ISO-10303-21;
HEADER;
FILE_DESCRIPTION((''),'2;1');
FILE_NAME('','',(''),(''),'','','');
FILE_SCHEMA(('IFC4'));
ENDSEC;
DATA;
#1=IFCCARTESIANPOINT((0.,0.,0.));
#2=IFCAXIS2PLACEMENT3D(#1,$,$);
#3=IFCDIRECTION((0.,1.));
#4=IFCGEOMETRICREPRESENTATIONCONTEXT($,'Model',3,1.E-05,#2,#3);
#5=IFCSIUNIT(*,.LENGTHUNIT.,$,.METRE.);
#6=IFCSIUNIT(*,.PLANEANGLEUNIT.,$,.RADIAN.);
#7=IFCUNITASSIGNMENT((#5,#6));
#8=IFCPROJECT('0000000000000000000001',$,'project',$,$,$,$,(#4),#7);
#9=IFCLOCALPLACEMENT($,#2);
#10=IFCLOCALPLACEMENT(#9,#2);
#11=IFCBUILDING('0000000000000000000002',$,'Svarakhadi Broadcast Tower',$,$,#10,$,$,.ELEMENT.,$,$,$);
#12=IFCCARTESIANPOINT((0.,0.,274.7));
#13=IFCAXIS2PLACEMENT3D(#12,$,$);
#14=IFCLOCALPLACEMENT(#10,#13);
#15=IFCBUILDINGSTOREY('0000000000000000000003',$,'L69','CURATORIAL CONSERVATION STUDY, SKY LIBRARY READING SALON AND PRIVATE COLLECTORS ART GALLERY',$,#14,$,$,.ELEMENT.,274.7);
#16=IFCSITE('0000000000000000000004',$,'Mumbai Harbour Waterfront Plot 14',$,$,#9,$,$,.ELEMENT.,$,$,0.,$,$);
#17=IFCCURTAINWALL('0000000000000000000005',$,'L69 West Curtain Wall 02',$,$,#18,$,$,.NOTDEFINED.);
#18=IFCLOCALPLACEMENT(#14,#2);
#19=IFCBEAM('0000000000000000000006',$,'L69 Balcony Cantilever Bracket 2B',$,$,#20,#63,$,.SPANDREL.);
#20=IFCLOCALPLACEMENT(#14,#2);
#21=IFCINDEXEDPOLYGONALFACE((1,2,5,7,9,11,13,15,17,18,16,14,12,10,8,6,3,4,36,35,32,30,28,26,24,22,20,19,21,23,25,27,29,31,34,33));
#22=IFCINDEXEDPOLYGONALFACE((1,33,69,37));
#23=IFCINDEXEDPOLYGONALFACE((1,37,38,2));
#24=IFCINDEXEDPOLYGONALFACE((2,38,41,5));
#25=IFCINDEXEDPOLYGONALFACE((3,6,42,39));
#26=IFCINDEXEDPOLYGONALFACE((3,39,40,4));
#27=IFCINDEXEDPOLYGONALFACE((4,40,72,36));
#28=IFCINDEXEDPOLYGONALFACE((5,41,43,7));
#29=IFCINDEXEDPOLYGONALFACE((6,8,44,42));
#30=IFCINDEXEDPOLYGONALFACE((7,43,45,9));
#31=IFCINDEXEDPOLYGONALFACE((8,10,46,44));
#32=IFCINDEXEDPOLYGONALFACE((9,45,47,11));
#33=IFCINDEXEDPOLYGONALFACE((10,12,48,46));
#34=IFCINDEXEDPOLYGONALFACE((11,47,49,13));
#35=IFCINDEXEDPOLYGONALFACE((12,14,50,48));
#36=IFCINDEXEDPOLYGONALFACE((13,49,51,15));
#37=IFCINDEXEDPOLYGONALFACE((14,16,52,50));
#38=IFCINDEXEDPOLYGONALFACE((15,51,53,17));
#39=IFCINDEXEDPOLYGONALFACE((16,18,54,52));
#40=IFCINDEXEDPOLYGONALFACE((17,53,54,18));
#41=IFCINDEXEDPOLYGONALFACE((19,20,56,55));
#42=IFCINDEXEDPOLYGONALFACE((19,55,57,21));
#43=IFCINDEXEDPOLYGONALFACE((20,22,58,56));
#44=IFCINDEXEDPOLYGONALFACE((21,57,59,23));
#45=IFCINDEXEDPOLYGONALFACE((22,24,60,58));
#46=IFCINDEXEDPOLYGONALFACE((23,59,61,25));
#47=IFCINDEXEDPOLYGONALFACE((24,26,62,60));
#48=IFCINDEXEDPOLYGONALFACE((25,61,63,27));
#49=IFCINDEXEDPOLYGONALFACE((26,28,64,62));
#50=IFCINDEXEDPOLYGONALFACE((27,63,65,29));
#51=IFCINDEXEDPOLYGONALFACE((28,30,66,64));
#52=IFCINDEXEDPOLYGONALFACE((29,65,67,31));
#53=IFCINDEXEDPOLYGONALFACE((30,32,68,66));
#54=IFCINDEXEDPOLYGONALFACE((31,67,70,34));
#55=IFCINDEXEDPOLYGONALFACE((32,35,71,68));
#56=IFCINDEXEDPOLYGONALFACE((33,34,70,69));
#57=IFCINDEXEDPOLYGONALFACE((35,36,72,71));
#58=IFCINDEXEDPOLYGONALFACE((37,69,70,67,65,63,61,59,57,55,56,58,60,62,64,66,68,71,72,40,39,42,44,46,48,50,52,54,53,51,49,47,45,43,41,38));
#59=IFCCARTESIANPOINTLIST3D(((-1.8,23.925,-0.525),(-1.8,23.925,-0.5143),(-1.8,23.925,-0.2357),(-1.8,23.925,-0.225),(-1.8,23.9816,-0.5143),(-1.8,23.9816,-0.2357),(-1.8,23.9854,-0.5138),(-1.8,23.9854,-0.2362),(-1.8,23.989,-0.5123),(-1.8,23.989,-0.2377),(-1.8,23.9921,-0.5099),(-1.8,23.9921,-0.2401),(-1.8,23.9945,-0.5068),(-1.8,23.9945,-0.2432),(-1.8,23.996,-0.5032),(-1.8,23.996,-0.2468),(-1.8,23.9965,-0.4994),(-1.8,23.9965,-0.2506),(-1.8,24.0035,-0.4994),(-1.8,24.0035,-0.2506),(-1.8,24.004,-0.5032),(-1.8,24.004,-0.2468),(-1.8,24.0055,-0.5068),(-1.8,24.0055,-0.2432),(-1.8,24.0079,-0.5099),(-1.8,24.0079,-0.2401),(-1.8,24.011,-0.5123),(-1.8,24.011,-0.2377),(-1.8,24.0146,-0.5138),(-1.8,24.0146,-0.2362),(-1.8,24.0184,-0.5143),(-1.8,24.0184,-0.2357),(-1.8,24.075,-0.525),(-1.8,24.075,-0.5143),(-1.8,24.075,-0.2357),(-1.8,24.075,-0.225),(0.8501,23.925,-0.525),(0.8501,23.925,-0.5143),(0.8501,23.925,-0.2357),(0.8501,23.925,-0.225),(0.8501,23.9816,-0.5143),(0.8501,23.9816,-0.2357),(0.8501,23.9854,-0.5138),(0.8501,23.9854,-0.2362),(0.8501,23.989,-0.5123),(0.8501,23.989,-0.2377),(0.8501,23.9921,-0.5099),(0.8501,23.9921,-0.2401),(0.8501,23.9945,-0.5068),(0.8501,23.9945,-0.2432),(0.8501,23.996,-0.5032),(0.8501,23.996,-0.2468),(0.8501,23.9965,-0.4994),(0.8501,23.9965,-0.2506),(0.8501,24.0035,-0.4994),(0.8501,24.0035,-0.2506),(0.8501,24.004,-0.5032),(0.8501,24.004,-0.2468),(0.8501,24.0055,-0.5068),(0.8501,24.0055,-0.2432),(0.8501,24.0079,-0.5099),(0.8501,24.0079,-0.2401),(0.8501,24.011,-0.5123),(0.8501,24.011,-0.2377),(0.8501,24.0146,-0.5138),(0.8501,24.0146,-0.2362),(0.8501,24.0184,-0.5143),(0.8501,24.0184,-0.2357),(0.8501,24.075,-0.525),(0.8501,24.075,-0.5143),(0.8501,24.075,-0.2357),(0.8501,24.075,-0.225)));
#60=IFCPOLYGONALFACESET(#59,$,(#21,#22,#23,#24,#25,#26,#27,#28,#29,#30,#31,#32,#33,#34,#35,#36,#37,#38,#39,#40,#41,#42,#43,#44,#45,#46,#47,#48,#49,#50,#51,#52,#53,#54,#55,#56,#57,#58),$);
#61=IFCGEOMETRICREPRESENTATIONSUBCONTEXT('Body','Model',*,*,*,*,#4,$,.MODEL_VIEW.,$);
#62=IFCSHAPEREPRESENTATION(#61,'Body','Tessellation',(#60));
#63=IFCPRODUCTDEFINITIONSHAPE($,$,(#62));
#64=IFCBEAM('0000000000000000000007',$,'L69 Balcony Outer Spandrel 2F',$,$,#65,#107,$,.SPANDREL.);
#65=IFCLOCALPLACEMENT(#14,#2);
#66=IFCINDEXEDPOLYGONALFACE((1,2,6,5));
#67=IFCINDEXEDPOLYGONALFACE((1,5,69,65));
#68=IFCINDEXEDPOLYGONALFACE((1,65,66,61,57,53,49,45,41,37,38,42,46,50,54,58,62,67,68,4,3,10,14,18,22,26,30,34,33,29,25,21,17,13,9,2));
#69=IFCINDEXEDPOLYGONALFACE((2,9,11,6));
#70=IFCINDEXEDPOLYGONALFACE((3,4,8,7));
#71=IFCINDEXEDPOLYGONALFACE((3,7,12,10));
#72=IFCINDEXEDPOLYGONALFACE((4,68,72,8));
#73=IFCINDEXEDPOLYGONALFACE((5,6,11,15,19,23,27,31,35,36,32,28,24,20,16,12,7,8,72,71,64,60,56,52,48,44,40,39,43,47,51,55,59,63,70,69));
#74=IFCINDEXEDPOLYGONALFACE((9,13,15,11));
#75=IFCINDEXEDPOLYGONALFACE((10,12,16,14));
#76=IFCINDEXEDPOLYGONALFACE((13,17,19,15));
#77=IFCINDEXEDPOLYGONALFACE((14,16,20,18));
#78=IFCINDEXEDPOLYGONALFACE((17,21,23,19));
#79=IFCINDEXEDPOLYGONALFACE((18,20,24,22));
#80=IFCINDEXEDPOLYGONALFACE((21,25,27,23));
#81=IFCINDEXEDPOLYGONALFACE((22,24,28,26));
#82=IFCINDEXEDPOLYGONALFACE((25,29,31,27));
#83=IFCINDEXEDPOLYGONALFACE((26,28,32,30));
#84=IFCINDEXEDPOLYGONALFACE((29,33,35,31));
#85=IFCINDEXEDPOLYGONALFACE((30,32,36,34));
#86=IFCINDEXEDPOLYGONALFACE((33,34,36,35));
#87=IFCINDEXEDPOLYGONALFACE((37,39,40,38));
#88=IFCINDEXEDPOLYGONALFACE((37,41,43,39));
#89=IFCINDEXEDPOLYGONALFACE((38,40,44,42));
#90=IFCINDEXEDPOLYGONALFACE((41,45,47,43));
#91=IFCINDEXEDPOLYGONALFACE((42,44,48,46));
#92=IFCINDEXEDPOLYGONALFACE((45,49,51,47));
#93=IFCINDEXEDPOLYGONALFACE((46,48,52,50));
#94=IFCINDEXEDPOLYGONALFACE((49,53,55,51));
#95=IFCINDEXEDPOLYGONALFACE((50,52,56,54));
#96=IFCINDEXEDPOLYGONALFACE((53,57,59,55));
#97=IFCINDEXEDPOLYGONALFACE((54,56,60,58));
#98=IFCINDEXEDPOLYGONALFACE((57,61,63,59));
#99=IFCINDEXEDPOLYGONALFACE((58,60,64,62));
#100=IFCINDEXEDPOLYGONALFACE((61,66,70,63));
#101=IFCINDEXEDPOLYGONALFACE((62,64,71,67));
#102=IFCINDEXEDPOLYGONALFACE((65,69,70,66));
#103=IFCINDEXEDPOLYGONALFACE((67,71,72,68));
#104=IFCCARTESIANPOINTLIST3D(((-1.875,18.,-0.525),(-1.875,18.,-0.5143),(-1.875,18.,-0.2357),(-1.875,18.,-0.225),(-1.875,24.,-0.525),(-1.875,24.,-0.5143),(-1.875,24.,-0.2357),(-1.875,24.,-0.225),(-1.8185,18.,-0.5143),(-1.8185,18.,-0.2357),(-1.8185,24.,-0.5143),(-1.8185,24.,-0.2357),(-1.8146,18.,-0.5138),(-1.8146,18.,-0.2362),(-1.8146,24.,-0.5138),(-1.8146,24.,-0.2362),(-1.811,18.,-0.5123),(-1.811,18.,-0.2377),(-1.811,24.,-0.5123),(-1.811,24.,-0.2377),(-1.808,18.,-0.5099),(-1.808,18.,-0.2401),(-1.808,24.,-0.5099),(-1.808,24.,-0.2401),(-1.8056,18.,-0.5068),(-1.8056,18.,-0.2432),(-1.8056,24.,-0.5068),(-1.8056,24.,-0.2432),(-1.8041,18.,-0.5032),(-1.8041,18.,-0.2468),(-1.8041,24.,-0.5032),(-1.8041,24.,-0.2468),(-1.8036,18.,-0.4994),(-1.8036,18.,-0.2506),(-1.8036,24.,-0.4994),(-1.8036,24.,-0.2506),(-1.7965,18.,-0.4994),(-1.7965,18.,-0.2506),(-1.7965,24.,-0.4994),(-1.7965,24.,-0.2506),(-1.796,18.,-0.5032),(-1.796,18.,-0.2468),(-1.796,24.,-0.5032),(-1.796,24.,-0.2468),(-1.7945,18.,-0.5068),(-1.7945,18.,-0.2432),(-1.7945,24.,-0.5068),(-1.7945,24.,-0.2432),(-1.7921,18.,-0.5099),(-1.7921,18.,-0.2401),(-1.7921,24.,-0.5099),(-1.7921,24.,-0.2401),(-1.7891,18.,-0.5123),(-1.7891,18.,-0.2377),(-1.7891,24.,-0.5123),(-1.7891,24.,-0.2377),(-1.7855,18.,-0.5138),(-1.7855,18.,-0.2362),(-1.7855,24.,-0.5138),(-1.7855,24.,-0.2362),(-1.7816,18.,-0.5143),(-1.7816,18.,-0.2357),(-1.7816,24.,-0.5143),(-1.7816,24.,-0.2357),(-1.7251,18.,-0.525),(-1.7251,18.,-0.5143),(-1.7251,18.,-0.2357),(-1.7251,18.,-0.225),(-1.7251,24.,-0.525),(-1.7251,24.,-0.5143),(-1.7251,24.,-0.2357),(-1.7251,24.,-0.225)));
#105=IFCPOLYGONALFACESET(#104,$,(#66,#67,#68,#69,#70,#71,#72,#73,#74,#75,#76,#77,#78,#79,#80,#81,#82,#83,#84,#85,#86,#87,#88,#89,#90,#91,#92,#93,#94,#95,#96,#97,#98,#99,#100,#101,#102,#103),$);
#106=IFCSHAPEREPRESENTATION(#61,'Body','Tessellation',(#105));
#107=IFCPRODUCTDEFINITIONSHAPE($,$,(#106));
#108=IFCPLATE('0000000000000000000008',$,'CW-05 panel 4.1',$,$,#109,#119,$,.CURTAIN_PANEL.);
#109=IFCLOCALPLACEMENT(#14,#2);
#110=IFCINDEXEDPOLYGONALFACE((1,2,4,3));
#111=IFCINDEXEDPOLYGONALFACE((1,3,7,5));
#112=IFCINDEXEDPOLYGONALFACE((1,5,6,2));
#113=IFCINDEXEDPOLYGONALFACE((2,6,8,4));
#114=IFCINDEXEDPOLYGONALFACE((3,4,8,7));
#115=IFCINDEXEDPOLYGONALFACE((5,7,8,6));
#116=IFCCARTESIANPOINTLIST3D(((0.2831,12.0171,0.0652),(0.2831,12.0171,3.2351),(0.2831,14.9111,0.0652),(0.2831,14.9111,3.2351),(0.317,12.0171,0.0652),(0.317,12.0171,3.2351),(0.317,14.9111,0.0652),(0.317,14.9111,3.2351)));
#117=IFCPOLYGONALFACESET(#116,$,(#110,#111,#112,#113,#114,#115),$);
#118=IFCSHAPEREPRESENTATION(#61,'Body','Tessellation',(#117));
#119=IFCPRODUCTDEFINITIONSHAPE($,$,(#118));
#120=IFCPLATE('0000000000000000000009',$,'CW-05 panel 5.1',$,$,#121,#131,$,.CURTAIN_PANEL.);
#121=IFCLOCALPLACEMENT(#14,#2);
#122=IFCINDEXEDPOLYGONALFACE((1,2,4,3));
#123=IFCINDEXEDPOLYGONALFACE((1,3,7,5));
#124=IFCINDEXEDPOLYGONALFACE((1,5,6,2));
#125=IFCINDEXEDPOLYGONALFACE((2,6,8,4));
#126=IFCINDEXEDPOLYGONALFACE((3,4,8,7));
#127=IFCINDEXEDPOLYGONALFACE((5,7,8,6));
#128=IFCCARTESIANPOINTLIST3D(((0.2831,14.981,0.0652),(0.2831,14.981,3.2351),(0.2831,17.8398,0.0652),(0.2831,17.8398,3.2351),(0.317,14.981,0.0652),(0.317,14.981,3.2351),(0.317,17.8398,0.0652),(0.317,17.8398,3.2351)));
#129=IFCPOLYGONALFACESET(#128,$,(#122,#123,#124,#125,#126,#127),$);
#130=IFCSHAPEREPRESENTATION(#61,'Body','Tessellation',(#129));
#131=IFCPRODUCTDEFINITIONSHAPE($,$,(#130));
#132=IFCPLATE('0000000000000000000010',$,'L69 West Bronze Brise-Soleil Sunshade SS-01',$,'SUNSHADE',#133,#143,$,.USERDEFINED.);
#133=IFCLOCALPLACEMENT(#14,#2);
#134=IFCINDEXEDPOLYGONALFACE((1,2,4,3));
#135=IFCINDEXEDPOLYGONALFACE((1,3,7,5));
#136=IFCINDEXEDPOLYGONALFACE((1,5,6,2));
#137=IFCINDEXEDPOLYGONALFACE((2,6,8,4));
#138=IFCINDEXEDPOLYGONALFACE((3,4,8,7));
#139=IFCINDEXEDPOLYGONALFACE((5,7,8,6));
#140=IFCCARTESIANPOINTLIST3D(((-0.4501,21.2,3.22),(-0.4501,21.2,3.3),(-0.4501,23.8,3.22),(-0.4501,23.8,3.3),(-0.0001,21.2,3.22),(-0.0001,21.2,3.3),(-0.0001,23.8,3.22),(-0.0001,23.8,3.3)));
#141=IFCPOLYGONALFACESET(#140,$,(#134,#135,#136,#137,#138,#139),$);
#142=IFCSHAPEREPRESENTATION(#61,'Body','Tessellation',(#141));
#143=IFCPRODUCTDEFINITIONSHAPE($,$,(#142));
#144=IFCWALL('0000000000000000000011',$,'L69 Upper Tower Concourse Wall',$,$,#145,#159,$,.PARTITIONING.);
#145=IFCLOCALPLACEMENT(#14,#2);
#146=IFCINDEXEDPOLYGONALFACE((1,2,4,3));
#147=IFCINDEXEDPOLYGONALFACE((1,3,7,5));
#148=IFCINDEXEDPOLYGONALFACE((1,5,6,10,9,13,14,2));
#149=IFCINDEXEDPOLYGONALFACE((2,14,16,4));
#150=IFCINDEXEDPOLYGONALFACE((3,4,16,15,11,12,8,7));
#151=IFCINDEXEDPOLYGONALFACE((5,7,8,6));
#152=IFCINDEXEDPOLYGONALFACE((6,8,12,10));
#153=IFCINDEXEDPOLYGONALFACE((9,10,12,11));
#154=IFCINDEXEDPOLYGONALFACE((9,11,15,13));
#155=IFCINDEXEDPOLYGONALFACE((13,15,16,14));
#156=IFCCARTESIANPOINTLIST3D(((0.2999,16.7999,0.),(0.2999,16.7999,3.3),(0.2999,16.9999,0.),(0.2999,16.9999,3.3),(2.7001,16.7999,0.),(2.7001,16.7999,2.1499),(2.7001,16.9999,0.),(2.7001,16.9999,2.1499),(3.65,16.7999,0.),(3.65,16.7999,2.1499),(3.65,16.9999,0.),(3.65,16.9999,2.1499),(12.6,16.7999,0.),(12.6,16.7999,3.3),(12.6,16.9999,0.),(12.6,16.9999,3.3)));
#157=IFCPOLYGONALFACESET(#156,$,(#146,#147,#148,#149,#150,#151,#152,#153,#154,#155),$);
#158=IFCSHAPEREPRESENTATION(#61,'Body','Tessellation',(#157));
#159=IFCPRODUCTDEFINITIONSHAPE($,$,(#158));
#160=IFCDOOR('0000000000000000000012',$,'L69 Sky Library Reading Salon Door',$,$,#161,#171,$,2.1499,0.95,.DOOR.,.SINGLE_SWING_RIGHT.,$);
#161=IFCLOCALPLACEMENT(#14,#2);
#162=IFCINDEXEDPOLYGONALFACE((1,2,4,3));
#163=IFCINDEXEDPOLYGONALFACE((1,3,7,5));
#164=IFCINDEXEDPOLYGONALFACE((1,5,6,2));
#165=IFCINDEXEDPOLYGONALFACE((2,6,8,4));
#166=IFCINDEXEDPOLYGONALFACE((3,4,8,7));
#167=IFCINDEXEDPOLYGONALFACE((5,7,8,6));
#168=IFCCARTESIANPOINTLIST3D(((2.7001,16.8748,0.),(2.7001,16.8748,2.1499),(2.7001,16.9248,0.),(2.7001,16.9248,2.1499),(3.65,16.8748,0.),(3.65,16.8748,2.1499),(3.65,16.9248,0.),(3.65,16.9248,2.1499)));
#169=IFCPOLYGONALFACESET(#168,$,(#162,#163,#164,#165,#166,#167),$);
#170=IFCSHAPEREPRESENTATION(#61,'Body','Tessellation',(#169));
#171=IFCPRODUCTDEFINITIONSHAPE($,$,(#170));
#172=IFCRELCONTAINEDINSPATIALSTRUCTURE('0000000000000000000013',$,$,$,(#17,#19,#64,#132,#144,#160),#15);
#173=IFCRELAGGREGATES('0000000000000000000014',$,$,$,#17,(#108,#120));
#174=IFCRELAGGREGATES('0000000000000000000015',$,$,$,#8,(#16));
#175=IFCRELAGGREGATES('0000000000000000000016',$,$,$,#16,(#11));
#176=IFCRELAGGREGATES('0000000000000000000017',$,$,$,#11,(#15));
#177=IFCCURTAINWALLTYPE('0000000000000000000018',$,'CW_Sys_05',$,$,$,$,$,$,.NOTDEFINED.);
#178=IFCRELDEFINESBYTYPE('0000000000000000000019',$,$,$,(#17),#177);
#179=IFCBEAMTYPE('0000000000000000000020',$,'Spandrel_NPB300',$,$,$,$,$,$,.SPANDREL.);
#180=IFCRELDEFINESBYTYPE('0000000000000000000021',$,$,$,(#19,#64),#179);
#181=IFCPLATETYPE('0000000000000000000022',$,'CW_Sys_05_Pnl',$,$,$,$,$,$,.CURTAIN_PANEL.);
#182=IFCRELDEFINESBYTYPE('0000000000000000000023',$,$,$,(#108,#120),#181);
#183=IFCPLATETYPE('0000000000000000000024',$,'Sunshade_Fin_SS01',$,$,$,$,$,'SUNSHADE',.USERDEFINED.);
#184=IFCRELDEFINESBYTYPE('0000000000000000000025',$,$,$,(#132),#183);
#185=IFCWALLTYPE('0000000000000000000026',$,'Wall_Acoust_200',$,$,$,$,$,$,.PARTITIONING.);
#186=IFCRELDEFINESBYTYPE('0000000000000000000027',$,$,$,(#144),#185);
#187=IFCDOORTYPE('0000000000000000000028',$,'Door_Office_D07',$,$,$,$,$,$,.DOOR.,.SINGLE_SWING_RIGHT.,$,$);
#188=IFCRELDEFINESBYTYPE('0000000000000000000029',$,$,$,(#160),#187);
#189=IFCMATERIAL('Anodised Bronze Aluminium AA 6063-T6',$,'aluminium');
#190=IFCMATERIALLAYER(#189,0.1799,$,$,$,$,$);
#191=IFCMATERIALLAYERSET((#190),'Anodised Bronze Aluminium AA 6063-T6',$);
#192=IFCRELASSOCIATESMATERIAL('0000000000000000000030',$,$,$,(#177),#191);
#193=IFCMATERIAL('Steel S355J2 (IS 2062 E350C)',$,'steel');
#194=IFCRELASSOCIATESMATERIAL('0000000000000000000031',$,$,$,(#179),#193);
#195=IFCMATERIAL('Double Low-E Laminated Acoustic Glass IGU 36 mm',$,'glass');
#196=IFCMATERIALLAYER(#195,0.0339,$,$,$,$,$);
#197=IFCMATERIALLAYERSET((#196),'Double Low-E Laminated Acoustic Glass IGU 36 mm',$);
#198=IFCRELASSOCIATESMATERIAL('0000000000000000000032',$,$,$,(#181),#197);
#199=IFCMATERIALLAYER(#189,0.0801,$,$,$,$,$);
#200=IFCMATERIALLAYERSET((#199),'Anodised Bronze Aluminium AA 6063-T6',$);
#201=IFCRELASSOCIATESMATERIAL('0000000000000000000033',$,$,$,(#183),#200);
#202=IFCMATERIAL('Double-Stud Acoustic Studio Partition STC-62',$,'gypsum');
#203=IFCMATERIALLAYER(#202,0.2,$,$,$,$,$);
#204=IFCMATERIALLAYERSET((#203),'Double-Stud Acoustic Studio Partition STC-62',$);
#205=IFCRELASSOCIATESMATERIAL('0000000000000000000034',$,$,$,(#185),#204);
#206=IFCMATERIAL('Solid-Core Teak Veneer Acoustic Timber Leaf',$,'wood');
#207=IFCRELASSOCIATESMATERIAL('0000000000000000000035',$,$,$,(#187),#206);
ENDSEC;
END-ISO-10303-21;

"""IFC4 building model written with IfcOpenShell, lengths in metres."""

from ifc_helpers import new_model, si_unit, direction, frame, frame_2d, origin, origin_2d, place, context, subcontext, project, spatial, rectangle, i_section, extrude, material, layer, layer_set, material_profile, profile_set, type_object, element, fill, aggregate, save


model = new_model("IFC4")

# Units and contexts
model_context = context("Model", 3, precision=1e-05, world=origin(), true_north=direction((0.0, 1.0)))
body_context = subcontext(model_context, "Body", "Model", "MODEL_VIEW")
ifc_project = project(units=[si_unit("LENGTHUNIT", "METRE"), si_unit("PLANEANGLEUNIT", "RADIAN")], contexts=[model_context])

# Site, building, storey
site_placement = place(None, origin())
site = spatial("IfcSite", under=ifc_project, at=site_placement, Name="Mumbai Harbour Waterfront Plot 14", CompositionType="ELEMENT", RefElevation=0.0)
building_placement = place(site_placement, origin())
building = spatial("IfcBuilding", under=site, at=building_placement, Name="Svarakhadi Broadcast Tower", CompositionType="ELEMENT")
storey_placement = place(building_placement, frame((0.0, 0.0, 274.7)))
storey = spatial("IfcBuildingStorey", under=building, at=storey_placement, Name="L69", Description="CURATORIAL CONSERVATION STUDY, SKY LIBRARY READING SALON AND PRIVATE COLLECTORS ART GALLERY", CompositionType="ELEMENT", Elevation=274.7)

# Shared definitions
ifc_material_1 = material(Name="Steel S355J2 (IS 2062 E350C)", Category="steel")

# Curtain wall
ifc_material_2 = material(Name="Anodised Bronze Aluminium AA 6063-T6", Category="aluminium")
ifc_layer_1 = layer(ifc_material_2, 0.1799)
ifc_layer_set_1 = layer_set([ifc_layer_1], Name="Anodised Bronze Aluminium AA 6063-T6")
curtain_wall_type = type_object("IfcCurtainWallType", Name="CW_Sys_05", PredefinedType="NOTDEFINED", material=ifc_layer_set_1)
curtain_wall_placement = place(storey_placement, origin())
curtain_wall = element("IfcCurtainWall", 1, at=curtain_wall_placement, inside=storey, type_object=curtain_wall_type, Name="L69 West Curtain Wall 02", PredefinedType="NOTDEFINED")

# Beams
ifc_material_profile_1 = material_profile(ifc_material_1, i_section(OverallWidth=0.1499, OverallDepth=0.3, WebThickness=0.0071, FlangeThickness=0.0107, FilletRadius=0.0149, at=origin_2d()), Name="NPB 300x150x37")
ifc_profile_set_1 = profile_set([ifc_material_profile_1], Name="Steel S355J2 (IS 2062 E350C)")
beam_type_1 = type_object("IfcBeamType", Name="Spandrel_NPB300", PredefinedType="SPANDREL", material=ifc_profile_set_1)
for number, where, z_axis, x_axis, name in (
    (2, (0.8501, 24.0, -0.375), (-1.0, 0.0, 0.0), (0.0, -1.0, 0.0), "L69 Balcony Cantilever Bracket 2B"),
):
    element("IfcBeam", number, at=place(storey_placement, frame(where, z_axis=z_axis, x_axis=x_axis)), inside=storey, type_object=beam_type_1, Name=name, PredefinedType="SPANDREL", context=body_context, shape_type="SweptSolid", body=[
        extrude(i_section(OverallWidth=0.1499, OverallDepth=0.3, WebThickness=0.0071, FlangeThickness=0.0107, FilletRadius=0.0149, at=origin_2d()), origin(), (0.0, 0.0, 1.0), 2.6501),
    ])
beam_1_placement = place(storey_placement, frame((-1.8, 18.0, -0.375), z_axis=(0.0, 1.0, 0.0), x_axis=(-1.0, 0.0, 0.0)))
element("IfcBeam", 3, at=beam_1_placement, inside=storey, type_object=beam_type_1, Name="L69 Balcony Outer Spandrel 2F", PredefinedType="SPANDREL", context=body_context, shape_type="SweptSolid", body=[
    extrude(i_section(OverallWidth=0.1499, OverallDepth=0.3, WebThickness=0.0071, FlangeThickness=0.0107, FilletRadius=0.0149, at=origin_2d()), origin(), (0.0, 0.0, 1.0), 6.0),
])

# Plates
ifc_material_3 = material(Name="Double Low-E Laminated Acoustic Glass IGU 36 mm", Category="glass")
ifc_layer_2 = layer(ifc_material_3, 0.0339)
ifc_layer_set_2 = layer_set([ifc_layer_2], Name="Double Low-E Laminated Acoustic Glass IGU 36 mm")
plate_type_1 = type_object("IfcPlateType", Name="CW_Sys_05_Pnl", PredefinedType="CURTAIN_PANEL", material=ifc_layer_set_2)
plate_1_placement = place(storey_placement, frame((0.3, 13.4641, 0.0652), z_axis=(0.0, 0.0, 1.0), x_axis=(0.0, 1.0, 0.0)))
plate_1 = element("IfcPlate", 4, at=plate_1_placement, type_object=plate_type_1, Name="CW-05 panel 4.1", PredefinedType="CURTAIN_PANEL", context=body_context, shape_type="SweptSolid", body=[
    extrude(rectangle(XDim=2.894, YDim=0.0339, at=origin_2d()), origin(), (0.0, 0.0, 1.0), 3.1699),
])
plate_2_placement = place(storey_placement, frame((0.3, 16.4104, 0.0652), z_axis=(0.0, 0.0, 1.0), x_axis=(0.0, 1.0, 0.0)))
plate_2 = element("IfcPlate", 5, at=plate_2_placement, type_object=plate_type_1, Name="CW-05 panel 5.1", PredefinedType="CURTAIN_PANEL", context=body_context, shape_type="SweptSolid", body=[
    extrude(rectangle(XDim=2.8589, YDim=0.0339, at=origin_2d()), origin(), (0.0, 0.0, 1.0), 3.1699),
])
aggregate(curtain_wall, [plate_1, plate_2])
ifc_layer_3 = layer(ifc_material_2, 0.0801)
ifc_layer_set_3 = layer_set([ifc_layer_3], Name="Anodised Bronze Aluminium AA 6063-T6")
plate_type_2 = type_object("IfcPlateType", Name="Sunshade_Fin_SS01", ElementType="SUNSHADE", PredefinedType="USERDEFINED", material=ifc_layer_set_3)
plate_3_placement = place(storey_placement, frame((-0.2251, 22.5, 3.22), z_axis=(0.0, 0.0, 1.0), x_axis=(0.0, 1.0, 0.0)))
element("IfcPlate", 6, at=plate_3_placement, inside=storey, type_object=plate_type_2, Name="L69 West Bronze Brise-Soleil Sunshade SS-01", ObjectType="SUNSHADE", PredefinedType="USERDEFINED", context=body_context, shape_type="SweptSolid", body=[
    extrude(rectangle(XDim=2.6001, YDim=0.45, at=origin_2d()), origin(), (0.0, 0.0, 1.0), 0.0801),
])

# Wall, opening, door
ifc_material_4 = material(Name="Double-Stud Acoustic Studio Partition STC-62", Category="gypsum")
ifc_layer_4 = layer(ifc_material_4, 0.2)
ifc_layer_set_4 = layer_set([ifc_layer_4], Name="Double-Stud Acoustic Studio Partition STC-62")
wall_type_1 = type_object("IfcWallType", Name="Wall_Acoust_200", PredefinedType="PARTITIONING", material=ifc_layer_set_4)
wall_1_placement = place(storey_placement, frame((0.3, 16.8999, 0.0), z_axis=(0.0, 0.0, 1.0), x_axis=(1.0, 0.0, 0.0)))
wall_1 = element("IfcWall", 7, at=wall_1_placement, inside=storey, type_object=wall_type_1, Name="L69 Upper Tower Concourse Wall", PredefinedType="PARTITIONING", context=body_context, shape_type="SweptSolid", body=[
    extrude(rectangle(XDim=12.3, YDim=0.2, at=frame_2d((6.1499, 0.0))), origin(), (0.0, 0.0, 1.0), 3.3),
])
opening_1_placement = place(wall_1_placement, frame((2.3999, 0.0, 0.0)))
opening_1 = element("IfcOpeningElement", 8, at=opening_1_placement, cuts=wall_1, PredefinedType="OPENING", context=body_context, shape_type="SweptSolid", body=[
    extrude(rectangle(XDim=0.95, YDim=2.1499, at=frame_2d((0.4751, 1.075))), frame((0.0, 0.1099, 0.0), z_axis=(0.0, -1.0, 0.0), x_axis=(1.0, 0.0, 0.0)), (0.0, 0.0, 1.0), 0.22),
])
ifc_material_5 = material(Name="Solid-Core Teak Veneer Acoustic Timber Leaf", Category="wood")
door_type_1 = type_object("IfcDoorType", Name="Door_Office_D07", OperationType="SINGLE_SWING_RIGHT", PredefinedType="DOOR", material=ifc_material_5)
door_1_placement = place(opening_1_placement, origin())
door_1 = element("IfcDoor", 9, at=door_1_placement, inside=storey, type_object=door_type_1, Name="L69 Sky Library Reading Salon Door", OperationType="SINGLE_SWING_RIGHT", OverallHeight=2.1499, OverallWidth=0.95, PredefinedType="DOOR", context=body_context, shape_type="SweptSolid", body=[
    extrude(rectangle(XDim=0.95, YDim=2.1499, at=frame_2d((0.4751, 1.075))), frame((0.0, 0.0249, 0.0), z_axis=(0.0, -1.0, 0.0), x_axis=(1.0, 0.0, 0.0)), (0.0, 0.0, 1.0), 0.05),
])
fill(opening_1, door_1)

save(model, "model.ifc")
